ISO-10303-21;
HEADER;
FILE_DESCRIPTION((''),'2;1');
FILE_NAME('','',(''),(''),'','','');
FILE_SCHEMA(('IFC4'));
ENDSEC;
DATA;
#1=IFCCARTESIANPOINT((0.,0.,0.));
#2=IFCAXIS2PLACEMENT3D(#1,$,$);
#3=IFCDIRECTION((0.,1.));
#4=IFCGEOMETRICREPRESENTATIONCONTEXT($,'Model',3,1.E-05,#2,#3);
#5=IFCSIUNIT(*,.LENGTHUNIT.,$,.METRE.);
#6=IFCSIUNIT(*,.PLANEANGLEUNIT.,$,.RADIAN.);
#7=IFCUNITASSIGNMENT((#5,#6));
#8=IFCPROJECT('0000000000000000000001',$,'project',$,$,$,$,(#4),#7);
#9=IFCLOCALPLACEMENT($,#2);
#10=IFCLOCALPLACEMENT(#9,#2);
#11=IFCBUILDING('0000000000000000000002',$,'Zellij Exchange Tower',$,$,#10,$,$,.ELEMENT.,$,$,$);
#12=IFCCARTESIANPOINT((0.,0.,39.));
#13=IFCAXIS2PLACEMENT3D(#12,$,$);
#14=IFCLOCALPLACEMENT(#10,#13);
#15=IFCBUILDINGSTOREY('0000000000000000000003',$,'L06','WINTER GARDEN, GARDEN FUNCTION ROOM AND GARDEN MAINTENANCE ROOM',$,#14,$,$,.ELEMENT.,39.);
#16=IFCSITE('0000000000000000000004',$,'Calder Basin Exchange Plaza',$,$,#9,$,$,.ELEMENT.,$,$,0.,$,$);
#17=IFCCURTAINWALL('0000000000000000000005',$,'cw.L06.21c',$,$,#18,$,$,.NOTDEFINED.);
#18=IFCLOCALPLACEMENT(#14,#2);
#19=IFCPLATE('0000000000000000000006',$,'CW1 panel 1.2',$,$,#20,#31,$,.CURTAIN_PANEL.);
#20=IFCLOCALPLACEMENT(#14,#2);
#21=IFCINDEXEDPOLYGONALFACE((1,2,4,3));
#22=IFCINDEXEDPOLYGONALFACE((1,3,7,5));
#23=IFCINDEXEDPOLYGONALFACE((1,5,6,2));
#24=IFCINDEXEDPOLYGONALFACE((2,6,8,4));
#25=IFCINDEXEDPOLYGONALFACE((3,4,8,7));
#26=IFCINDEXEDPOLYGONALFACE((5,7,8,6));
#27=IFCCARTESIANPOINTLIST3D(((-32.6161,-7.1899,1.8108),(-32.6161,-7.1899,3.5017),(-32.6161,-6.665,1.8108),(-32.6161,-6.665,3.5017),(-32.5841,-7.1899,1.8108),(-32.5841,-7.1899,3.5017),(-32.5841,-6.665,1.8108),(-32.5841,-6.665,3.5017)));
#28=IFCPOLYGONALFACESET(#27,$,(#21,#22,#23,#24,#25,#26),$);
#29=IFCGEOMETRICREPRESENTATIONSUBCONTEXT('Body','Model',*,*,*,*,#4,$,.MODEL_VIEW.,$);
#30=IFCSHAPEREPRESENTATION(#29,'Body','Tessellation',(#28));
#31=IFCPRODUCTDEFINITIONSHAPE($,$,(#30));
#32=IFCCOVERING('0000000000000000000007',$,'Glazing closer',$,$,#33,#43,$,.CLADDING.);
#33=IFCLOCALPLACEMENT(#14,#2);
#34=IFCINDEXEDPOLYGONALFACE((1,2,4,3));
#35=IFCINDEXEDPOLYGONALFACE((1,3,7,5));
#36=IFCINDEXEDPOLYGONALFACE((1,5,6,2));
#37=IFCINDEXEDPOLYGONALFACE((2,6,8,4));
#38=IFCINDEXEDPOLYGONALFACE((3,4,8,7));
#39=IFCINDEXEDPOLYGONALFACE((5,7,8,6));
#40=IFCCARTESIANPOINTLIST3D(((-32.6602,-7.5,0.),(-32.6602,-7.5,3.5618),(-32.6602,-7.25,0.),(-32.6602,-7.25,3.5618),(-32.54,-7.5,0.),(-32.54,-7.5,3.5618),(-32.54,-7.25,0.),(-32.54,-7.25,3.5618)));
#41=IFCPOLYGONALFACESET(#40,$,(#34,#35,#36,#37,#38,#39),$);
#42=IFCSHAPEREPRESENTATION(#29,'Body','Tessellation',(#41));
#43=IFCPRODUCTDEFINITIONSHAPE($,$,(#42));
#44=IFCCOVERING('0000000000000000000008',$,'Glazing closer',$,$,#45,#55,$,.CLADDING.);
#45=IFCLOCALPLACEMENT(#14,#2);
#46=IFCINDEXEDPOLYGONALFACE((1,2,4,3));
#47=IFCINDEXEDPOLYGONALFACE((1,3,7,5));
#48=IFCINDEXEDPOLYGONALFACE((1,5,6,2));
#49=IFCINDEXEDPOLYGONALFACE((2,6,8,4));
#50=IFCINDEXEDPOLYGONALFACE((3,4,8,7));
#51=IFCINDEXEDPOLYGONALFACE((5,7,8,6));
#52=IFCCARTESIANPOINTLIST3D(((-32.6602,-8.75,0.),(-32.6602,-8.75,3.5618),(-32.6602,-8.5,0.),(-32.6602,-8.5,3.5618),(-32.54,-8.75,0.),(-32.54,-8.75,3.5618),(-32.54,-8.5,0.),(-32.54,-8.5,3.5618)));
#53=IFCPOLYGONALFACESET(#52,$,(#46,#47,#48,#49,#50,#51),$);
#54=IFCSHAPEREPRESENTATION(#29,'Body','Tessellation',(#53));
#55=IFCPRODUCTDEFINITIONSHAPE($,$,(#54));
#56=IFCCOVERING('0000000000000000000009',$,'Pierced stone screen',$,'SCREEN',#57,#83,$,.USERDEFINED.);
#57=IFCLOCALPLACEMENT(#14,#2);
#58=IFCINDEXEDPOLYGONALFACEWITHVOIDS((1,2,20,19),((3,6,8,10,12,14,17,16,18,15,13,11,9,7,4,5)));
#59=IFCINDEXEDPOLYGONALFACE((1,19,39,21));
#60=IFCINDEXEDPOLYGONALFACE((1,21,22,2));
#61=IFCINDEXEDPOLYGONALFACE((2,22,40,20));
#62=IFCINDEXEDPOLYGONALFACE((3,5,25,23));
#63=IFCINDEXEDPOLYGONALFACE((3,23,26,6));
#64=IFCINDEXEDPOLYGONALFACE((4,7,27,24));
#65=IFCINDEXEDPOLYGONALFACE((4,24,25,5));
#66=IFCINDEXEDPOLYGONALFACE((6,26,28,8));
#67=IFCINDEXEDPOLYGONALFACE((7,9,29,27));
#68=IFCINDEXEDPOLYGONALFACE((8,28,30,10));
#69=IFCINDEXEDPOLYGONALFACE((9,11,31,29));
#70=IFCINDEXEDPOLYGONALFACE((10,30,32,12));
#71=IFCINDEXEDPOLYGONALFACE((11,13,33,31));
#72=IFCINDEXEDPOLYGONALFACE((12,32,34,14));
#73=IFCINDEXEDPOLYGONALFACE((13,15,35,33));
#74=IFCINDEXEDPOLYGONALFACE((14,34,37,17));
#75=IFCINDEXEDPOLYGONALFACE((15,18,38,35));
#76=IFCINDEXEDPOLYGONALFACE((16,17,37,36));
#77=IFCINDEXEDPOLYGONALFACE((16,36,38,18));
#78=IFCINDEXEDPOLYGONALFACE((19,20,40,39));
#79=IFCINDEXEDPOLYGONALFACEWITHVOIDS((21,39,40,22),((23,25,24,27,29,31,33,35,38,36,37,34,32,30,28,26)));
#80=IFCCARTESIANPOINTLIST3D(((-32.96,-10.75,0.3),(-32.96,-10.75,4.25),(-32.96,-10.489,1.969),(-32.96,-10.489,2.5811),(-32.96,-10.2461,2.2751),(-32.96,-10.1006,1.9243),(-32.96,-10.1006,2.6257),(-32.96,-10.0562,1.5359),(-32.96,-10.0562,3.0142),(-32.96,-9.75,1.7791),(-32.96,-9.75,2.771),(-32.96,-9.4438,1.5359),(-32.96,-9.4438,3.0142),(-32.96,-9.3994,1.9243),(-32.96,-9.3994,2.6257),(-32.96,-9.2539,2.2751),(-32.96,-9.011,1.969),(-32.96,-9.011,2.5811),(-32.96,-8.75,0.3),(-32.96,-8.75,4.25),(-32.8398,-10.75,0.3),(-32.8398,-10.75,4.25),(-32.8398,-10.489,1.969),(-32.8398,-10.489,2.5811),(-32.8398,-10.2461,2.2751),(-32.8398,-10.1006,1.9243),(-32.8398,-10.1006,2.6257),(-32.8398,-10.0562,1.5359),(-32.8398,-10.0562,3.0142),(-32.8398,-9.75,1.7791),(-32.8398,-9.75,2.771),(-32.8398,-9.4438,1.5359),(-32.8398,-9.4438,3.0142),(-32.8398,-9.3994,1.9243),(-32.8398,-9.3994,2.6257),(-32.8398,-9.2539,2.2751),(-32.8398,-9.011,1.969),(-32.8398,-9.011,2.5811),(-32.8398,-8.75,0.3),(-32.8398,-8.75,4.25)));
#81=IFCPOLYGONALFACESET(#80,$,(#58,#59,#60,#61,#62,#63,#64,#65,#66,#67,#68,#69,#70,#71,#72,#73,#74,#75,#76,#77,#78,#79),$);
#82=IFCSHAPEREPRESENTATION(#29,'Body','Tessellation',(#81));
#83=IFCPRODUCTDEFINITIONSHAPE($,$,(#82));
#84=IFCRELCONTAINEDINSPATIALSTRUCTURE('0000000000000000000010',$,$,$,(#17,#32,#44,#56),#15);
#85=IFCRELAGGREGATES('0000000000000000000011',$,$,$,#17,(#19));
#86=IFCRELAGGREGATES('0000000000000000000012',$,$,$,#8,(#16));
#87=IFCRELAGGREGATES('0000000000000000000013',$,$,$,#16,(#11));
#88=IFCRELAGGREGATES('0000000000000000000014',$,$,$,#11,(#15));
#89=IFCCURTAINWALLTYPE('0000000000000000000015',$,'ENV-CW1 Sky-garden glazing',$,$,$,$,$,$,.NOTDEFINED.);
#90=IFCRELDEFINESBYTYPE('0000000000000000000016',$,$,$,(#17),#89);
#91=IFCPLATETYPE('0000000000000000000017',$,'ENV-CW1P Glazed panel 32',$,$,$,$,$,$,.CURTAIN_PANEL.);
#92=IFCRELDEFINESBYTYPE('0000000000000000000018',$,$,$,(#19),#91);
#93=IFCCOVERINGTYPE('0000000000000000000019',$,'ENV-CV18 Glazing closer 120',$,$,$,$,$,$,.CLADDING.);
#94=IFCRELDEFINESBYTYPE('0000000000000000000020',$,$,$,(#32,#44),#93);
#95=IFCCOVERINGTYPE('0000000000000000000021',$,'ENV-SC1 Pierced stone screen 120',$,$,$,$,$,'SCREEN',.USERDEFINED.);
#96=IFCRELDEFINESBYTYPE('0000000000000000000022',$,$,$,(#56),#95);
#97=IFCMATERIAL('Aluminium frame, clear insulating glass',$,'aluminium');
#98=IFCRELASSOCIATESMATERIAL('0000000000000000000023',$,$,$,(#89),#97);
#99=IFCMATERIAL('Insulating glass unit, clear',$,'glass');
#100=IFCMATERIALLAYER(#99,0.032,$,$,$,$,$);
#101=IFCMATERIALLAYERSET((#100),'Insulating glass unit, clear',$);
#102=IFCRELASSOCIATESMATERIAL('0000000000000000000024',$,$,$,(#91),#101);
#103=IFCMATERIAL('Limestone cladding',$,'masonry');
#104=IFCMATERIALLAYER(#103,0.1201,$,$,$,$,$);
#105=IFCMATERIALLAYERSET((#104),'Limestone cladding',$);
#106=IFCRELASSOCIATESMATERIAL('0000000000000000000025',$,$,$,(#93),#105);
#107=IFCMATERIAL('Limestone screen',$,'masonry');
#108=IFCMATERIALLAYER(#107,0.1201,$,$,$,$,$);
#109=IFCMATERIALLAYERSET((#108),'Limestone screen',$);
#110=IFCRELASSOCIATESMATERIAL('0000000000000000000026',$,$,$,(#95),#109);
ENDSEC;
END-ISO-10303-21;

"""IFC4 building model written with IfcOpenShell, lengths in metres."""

from ifc_helpers import new_model, si_unit, direction, frame, origin, origin_2d, place, context, subcontext, project, spatial, polyline, rectangle, outline, extrude, material, layer, layer_set, type_object, element, aggregate, save


model = new_model("IFC4")

# Units and contexts
model_context = context("Model", 3, precision=1e-05, world=origin(), true_north=direction((0.0, 1.0)))
body_context = subcontext(model_context, "Body", "Model", "MODEL_VIEW")
ifc_project = project(units=[si_unit("LENGTHUNIT", "METRE"), si_unit("PLANEANGLEUNIT", "RADIAN")], contexts=[model_context])

# Site, building, storey
site_placement = place(None, origin())
site = spatial("IfcSite", under=ifc_project, at=site_placement, Name="Calder Basin Exchange Plaza", CompositionType="ELEMENT", RefElevation=0.0)
building_placement = place(site_placement, origin())
building = spatial("IfcBuilding", under=site, at=building_placement, Name="Zellij Exchange Tower", CompositionType="ELEMENT")
storey_placement = place(building_placement, frame((0.0, 0.0, 39.0)))
storey = spatial("IfcBuildingStorey", under=building, at=storey_placement, Name="L06", Description="WINTER GARDEN, GARDEN FUNCTION ROOM AND GARDEN MAINTENANCE ROOM", CompositionType="ELEMENT", Elevation=39.0)

# Curtain wall
ifc_material_1 = material(Name="Aluminium frame, clear insulating glass", Category="aluminium")
curtain_wall_type = type_object("IfcCurtainWallType", Name="ENV-CW1 Sky-garden glazing", PredefinedType="NOTDEFINED", material=ifc_material_1)
curtain_wall_1_placement = place(storey_placement, origin())
curtain_wall_1 = element("IfcCurtainWall", 1, at=curtain_wall_1_placement, inside=storey, type_object=curtain_wall_type, Name="cw.L06.21c", PredefinedType="NOTDEFINED")

# Plate
ifc_material_2 = material(Name="Insulating glass unit, clear", Category="glass")
ifc_layer_1 = layer(ifc_material_2, 0.032)
ifc_layer_set_1 = layer_set([ifc_layer_1], Name="Insulating glass unit, clear")
plate_type = type_object("IfcPlateType", Name="ENV-CW1P Glazed panel 32", PredefinedType="CURTAIN_PANEL", material=ifc_layer_set_1)
plate_1_placement = place(storey_placement, frame((-32.6001, -6.9275, 1.8108), z_axis=(0.0, 0.0, 1.0), x_axis=(0.0, -1.0, 0.0)))
plate_1 = element("IfcPlate", 2, at=plate_1_placement, type_object=plate_type, Name="CW1 panel 1.2", PredefinedType="CURTAIN_PANEL", context=body_context, shape_type="SweptSolid", body=[
    extrude(rectangle(XDim=0.5249, YDim=0.032, at=origin_2d()), origin(), (0.0, 0.0, 1.0), 1.6909),
])
aggregate(curtain_wall_1, [plate_1])

# Coverings
ifc_material_3 = material(Name="Limestone cladding", Category="masonry")
ifc_layer_2 = layer(ifc_material_3, 0.1201)
ifc_layer_set_2 = layer_set([ifc_layer_2], Name="Limestone cladding")
covering_type_1 = type_object("IfcCoveringType", Name="ENV-CV18 Glazing closer 120", PredefinedType="CLADDING", material=ifc_layer_set_2)
for number, where, z_axis, x_axis, name in (
    (3, (-32.6001, -7.375, 0.0), (0.0, 0.0, 1.0), (0.0, -1.0, 0.0), "Glazing closer"),
    (4, (-32.6001, -8.625, 0.0), (0.0, 0.0, 1.0), (0.0, 1.0, 0.0), "Glazing closer"),
):
    element("IfcCovering", number, at=place(storey_placement, frame(where, z_axis=z_axis, x_axis=x_axis)), inside=storey, type_object=covering_type_1, Name=name, PredefinedType="CLADDING", context=body_context, shape_type="SweptSolid", body=[
        extrude(rectangle(XDim=0.25, YDim=0.1201, at=origin_2d()), origin(), (0.0, 0.0, 1.0), 3.5618),
    ])
ifc_material_4 = material(Name="Limestone screen", Category="masonry")
ifc_layer_3 = layer(ifc_material_4, 0.1201)
ifc_layer_set_3 = layer_set([ifc_layer_3], Name="Limestone screen")
covering_type_2 = type_object("IfcCoveringType", Name="ENV-SC1 Pierced stone screen 120", ElementType="SCREEN", PredefinedType="USERDEFINED", material=ifc_layer_set_3)
covering_placement = place(storey_placement, frame((-32.8999, -8.75, 0.3), z_axis=(0.0, 0.0, 1.0), x_axis=(0.0, -1.0, 0.0)))
element("IfcCovering", 5, at=covering_placement, inside=storey, type_object=covering_type_2, Name="Pierced stone screen", ObjectType="SCREEN", PredefinedType="USERDEFINED", context=body_context, shape_type="SweptSolid", body=[
    extrude(outline(polyline([(0.0, 0.0), (2.0, 0.0), (2.0, 3.95), (0.0, 3.95), (0.0, 0.0)]), holes=[polyline([(1.739, 2.281), (1.3506, 2.3257), (1.3062, 2.7141), (1.0, 2.4709), (0.6938, 2.7141), (0.6494, 2.3257), (0.261, 2.281), (0.5039, 1.9751), (0.261, 1.6689), (0.6494, 1.6243), (0.6938, 1.2358), (1.0, 1.479), (1.3062, 1.2358), (1.3506, 1.6243), (1.739, 1.6689), (1.4961, 1.9751), (1.739, 2.281)])]), frame((0.0, 0.0601, 0.0), z_axis=(0.0, -1.0, 0.0), x_axis=(1.0, 0.0, 0.0)), (0.0, 0.0, 1.0), 0.1201),
])

save(model, "model.ifc")
